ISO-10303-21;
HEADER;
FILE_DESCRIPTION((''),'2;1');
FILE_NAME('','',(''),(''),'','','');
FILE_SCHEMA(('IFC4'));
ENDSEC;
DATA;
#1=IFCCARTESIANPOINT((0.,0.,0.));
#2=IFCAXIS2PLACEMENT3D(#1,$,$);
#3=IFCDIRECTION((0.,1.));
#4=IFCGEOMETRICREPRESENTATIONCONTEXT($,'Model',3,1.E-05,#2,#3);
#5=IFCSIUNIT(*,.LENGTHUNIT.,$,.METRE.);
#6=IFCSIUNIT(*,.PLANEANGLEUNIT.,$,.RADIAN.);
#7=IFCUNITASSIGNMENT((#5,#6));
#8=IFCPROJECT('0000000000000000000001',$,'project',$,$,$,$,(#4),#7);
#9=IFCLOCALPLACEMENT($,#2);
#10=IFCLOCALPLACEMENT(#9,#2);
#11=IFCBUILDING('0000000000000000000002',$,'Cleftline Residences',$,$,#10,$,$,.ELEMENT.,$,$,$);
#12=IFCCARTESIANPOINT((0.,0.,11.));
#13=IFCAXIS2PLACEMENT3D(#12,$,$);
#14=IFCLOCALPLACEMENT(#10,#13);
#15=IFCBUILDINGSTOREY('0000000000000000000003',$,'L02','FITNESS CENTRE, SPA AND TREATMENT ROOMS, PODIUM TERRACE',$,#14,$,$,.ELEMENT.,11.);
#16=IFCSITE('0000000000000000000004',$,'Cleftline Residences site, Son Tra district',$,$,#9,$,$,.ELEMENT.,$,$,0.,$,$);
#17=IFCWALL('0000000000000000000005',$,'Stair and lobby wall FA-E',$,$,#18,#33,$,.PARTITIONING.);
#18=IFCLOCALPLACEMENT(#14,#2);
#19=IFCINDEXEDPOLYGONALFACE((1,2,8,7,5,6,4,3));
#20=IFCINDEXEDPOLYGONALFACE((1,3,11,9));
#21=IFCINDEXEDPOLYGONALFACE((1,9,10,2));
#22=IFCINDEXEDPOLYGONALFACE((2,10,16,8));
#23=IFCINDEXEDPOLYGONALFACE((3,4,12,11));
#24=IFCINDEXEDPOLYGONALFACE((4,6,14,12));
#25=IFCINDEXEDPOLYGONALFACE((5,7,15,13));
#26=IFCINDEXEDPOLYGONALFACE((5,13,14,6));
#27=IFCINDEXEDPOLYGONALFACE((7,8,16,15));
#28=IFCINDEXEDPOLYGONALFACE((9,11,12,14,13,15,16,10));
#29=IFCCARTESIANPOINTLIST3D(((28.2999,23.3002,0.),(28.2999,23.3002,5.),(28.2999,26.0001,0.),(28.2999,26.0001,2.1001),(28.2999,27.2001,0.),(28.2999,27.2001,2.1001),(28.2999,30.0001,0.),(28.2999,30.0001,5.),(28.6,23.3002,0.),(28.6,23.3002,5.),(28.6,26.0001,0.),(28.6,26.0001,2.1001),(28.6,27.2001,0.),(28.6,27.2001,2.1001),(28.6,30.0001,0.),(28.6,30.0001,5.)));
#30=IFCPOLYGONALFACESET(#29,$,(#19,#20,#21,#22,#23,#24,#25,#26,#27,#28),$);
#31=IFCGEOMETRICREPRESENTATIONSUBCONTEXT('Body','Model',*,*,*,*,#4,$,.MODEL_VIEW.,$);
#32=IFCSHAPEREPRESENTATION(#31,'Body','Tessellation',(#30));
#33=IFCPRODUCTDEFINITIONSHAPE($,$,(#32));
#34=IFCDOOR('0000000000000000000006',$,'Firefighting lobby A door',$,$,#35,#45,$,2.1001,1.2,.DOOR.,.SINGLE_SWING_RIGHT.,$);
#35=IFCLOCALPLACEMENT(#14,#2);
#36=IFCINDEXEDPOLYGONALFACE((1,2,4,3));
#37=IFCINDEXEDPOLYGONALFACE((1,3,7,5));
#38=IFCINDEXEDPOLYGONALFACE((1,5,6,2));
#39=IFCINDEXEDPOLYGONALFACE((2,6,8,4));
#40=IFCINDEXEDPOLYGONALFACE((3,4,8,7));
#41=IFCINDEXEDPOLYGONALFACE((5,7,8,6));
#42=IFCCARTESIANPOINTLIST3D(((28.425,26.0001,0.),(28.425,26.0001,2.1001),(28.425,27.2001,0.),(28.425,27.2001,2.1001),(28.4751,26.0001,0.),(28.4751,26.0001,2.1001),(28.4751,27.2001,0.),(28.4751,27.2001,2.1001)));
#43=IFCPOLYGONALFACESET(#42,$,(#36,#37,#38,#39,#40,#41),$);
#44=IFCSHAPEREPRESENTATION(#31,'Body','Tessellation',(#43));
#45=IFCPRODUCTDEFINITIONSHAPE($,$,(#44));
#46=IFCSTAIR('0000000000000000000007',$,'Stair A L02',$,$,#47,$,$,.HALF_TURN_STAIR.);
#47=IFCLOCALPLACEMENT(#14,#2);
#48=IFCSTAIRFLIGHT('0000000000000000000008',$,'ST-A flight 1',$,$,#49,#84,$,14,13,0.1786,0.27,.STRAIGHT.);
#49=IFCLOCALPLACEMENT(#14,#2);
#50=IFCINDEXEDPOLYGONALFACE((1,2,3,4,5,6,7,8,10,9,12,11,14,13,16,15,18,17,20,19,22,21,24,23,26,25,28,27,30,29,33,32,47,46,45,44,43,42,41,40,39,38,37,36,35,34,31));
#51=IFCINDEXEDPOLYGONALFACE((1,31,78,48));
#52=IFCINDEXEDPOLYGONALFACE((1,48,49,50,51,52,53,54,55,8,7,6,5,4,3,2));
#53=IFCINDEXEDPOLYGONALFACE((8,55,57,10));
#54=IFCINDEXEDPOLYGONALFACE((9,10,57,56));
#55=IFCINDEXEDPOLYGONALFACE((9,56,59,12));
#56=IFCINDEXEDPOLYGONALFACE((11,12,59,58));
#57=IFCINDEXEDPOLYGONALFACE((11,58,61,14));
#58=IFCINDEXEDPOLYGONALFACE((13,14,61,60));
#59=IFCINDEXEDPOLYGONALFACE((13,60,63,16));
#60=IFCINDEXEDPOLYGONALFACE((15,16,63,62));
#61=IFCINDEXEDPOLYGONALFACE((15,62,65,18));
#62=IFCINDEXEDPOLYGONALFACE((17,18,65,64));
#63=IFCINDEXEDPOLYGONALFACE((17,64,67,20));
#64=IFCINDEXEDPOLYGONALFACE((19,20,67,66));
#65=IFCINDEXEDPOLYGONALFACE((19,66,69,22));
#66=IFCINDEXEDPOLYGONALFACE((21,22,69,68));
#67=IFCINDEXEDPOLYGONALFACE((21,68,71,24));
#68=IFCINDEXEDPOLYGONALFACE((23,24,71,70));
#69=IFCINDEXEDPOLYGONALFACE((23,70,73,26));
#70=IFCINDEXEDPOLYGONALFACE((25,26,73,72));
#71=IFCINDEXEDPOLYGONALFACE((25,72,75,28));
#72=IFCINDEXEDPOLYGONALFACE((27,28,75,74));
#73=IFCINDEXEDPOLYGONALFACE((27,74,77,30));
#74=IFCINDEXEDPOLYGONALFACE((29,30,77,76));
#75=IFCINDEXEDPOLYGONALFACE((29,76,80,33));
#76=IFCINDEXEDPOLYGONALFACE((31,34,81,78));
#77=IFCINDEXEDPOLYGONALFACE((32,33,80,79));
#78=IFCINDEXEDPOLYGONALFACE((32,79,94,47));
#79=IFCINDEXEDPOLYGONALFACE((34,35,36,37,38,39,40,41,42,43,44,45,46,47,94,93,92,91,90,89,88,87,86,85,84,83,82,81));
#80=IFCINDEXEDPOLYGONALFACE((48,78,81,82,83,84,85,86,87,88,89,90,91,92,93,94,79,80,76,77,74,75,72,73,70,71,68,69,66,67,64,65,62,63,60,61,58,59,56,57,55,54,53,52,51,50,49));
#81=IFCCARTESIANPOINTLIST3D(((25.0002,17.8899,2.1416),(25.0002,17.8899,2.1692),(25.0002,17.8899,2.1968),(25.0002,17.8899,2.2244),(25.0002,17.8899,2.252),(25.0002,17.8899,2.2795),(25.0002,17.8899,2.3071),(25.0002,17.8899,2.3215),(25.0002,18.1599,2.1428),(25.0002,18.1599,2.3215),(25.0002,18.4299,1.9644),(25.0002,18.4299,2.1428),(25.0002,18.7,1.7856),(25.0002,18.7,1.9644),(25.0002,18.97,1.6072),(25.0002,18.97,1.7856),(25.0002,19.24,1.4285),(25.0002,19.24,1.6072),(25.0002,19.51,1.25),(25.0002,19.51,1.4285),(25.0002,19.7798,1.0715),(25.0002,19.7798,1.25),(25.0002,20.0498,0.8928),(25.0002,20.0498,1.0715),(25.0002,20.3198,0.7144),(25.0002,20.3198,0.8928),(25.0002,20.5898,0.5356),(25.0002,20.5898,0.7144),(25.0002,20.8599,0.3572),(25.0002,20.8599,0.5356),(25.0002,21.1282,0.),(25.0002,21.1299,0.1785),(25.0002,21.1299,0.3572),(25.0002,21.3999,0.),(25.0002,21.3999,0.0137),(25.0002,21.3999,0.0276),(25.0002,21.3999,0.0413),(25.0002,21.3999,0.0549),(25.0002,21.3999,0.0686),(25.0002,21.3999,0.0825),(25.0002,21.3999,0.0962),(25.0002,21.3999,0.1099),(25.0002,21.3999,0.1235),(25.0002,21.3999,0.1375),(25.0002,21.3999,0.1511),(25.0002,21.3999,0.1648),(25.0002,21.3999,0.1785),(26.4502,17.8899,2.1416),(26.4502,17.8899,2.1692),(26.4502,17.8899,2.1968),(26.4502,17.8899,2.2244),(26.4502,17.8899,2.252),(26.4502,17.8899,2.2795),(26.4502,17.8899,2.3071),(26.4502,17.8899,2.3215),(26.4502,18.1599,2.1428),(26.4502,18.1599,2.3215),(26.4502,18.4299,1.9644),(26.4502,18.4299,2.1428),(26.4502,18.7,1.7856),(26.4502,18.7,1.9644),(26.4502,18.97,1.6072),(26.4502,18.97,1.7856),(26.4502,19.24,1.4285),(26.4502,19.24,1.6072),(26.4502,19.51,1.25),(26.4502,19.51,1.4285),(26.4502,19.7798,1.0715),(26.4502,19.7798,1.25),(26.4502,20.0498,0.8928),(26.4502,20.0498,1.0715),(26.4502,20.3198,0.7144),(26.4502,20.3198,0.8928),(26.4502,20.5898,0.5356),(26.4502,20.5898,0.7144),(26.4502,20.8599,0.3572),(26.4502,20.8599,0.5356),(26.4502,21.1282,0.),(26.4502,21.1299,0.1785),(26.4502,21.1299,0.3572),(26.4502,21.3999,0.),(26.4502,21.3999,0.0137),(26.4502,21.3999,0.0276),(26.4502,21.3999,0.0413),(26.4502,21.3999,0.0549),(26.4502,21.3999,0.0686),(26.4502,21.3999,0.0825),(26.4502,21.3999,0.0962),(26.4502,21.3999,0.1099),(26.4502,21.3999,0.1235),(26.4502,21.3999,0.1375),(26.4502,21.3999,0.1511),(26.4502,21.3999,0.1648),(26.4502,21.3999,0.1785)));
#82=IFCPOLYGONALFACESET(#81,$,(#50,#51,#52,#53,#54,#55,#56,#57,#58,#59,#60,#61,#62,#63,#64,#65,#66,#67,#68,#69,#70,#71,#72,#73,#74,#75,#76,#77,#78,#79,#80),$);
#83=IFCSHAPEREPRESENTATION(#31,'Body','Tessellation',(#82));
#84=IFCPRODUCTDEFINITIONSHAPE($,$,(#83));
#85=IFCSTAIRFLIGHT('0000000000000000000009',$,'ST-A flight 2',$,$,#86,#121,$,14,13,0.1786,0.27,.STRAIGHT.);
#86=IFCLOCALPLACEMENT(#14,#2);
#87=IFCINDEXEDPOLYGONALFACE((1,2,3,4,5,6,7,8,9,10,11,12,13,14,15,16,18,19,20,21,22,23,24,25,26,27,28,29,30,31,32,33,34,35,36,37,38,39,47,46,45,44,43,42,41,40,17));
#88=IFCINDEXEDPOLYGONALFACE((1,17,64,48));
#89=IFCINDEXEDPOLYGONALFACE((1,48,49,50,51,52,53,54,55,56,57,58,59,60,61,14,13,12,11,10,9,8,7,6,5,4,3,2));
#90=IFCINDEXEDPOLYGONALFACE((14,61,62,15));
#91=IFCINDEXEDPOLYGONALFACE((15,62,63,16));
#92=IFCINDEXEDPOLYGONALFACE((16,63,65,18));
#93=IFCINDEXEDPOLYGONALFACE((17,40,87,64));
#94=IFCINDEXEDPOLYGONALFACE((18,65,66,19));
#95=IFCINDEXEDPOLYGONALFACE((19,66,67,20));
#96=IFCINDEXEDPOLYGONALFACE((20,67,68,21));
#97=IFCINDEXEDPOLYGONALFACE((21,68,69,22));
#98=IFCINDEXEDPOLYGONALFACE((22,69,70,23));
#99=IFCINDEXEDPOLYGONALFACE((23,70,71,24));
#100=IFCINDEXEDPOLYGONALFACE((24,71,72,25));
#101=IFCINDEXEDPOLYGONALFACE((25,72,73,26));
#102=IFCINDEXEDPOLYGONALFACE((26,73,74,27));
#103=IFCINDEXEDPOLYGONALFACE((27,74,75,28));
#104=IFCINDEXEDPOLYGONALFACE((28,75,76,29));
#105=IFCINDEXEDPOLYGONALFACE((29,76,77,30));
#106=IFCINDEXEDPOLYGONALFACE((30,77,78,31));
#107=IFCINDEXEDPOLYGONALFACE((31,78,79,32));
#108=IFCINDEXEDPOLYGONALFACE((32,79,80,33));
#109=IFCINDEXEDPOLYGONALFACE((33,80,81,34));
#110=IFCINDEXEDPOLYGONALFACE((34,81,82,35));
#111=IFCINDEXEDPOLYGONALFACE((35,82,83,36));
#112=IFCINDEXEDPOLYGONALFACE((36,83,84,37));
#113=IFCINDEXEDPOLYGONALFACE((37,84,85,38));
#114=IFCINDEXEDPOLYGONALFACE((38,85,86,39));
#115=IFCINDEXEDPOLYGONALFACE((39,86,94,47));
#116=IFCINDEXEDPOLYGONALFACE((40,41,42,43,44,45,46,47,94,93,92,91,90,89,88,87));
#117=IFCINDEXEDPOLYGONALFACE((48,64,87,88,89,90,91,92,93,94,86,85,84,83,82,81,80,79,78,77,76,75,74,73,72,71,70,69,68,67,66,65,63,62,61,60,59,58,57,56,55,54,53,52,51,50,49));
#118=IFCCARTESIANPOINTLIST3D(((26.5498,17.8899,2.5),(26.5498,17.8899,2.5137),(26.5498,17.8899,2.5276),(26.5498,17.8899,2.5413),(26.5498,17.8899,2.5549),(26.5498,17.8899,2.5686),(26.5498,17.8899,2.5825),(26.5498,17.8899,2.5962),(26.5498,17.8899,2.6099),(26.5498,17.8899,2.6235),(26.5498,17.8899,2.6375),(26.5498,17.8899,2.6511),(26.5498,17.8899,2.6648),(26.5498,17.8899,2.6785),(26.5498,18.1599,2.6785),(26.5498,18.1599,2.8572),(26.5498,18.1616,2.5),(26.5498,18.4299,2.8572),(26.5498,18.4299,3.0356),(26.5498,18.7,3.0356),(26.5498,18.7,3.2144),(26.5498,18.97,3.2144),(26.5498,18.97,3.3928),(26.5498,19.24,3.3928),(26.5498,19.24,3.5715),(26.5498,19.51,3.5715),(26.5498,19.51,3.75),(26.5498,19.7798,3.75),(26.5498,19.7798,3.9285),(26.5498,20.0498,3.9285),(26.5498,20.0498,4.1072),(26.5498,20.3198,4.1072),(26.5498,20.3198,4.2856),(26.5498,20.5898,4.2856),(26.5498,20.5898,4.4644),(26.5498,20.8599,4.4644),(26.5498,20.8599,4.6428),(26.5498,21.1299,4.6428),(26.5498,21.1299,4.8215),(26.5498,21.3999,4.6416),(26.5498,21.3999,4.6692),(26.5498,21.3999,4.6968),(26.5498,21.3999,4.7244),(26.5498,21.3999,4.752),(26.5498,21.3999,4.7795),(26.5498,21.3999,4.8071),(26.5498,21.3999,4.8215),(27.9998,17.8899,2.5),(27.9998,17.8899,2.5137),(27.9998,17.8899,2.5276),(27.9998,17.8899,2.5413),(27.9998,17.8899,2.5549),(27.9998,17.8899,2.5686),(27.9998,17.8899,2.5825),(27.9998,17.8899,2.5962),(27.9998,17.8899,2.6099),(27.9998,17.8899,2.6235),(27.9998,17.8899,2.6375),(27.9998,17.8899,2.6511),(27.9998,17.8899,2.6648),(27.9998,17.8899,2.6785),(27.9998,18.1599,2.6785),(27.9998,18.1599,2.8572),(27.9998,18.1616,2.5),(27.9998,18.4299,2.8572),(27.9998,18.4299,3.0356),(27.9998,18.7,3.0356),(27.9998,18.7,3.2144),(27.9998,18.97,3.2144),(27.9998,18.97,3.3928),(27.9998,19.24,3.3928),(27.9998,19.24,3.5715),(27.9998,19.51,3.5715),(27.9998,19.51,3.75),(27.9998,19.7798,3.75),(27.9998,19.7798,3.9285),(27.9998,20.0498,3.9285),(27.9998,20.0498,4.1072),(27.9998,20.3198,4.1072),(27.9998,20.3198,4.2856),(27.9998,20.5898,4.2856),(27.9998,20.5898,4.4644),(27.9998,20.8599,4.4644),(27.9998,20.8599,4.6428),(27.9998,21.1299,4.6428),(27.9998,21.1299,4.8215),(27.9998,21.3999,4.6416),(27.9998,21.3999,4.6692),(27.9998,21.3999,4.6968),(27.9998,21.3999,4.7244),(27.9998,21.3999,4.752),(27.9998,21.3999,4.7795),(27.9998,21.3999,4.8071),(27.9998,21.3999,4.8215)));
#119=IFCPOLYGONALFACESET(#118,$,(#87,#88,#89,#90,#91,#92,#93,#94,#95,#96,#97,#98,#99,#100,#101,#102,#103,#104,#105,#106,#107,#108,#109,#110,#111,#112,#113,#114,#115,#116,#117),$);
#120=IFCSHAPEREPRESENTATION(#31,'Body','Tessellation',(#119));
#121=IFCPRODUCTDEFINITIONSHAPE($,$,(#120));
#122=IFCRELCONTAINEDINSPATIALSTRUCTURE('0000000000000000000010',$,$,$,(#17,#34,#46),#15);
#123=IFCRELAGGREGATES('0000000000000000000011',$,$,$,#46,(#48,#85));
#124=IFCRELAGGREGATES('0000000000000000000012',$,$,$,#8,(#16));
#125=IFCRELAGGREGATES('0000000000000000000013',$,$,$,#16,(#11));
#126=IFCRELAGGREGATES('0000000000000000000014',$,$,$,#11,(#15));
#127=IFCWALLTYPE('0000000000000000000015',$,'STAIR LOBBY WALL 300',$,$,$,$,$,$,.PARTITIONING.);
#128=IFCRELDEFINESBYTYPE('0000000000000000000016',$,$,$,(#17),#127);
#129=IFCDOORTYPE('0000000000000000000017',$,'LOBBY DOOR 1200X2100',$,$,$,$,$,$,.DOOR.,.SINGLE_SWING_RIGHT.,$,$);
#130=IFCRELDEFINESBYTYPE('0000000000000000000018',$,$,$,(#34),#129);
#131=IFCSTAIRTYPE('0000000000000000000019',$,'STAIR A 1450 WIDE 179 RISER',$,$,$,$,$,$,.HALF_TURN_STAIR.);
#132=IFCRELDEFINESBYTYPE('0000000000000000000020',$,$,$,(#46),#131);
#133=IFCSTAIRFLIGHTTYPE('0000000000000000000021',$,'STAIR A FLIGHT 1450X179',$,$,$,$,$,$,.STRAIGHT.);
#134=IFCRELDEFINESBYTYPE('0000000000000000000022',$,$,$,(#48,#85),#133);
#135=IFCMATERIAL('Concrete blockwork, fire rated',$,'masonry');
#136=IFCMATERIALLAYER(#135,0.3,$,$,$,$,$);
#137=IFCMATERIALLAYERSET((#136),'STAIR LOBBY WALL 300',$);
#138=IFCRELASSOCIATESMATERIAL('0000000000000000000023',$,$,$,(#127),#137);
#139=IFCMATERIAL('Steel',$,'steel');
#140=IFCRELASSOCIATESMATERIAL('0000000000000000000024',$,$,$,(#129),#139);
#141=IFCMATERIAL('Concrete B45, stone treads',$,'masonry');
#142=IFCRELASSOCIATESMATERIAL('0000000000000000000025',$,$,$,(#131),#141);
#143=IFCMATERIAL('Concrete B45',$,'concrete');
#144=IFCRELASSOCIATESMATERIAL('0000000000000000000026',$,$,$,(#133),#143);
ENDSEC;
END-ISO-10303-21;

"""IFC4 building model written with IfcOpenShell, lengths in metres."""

from ifc_helpers import new_model, si_unit, direction, frame, frame_2d, origin, place, context, subcontext, project, spatial, polyline, rectangle, outline, extrude, material, layer, layer_set, type_object, element, fill, aggregate, save


model = new_model("IFC4")

# Units and contexts
model_context = context("Model", 3, precision=1e-05, world=origin(), true_north=direction((0.0, 1.0)))
body_context = subcontext(model_context, "Body", "Model", "MODEL_VIEW")
ifc_project = project(units=[si_unit("LENGTHUNIT", "METRE"), si_unit("PLANEANGLEUNIT", "RADIAN")], contexts=[model_context])

# Site, building, storey
site_placement = place(None, origin())
site = spatial("IfcSite", under=ifc_project, at=site_placement, Name="Cleftline Residences site, Son Tra district", CompositionType="ELEMENT", RefElevation=0.0)
building_placement = place(site_placement, origin())
building = spatial("IfcBuilding", under=site, at=building_placement, Name="Cleftline Residences", CompositionType="ELEMENT")
storey_placement = place(building_placement, frame((0.0, 0.0, 11.0)))
storey = spatial("IfcBuildingStorey", under=building, at=storey_placement, Name="L02", Description="FITNESS CENTRE, SPA AND TREATMENT ROOMS, PODIUM TERRACE", CompositionType="ELEMENT", Elevation=11.0)

# Wall, opening, door
ifc_material_1 = material(Name="Concrete blockwork, fire rated", Category="masonry")
ifc_layer_1 = layer(ifc_material_1, 0.3)
ifc_layer_set_1 = layer_set([ifc_layer_1], Name="STAIR LOBBY WALL 300")
wall_type_1 = type_object("IfcWallType", Name="STAIR LOBBY WALL 300", PredefinedType="PARTITIONING", material=ifc_layer_set_1)
wall_1_placement = place(storey_placement, frame((28.45, 23.3, 0.0), z_axis=(0.0, 0.0, 1.0), x_axis=(0.0, 1.0, 0.0)))
wall_1 = element("IfcWall", 1, at=wall_1_placement, inside=storey, type_object=wall_type_1, Name="Stair and lobby wall FA-E", PredefinedType="PARTITIONING", context=body_context, shape_type="SweptSolid", body=[
    extrude(rectangle(XDim=6.7, YDim=0.3, at=frame_2d((3.3501, 0.0))), origin(), (0.0, 0.0, 1.0), 5.0),
])
opening_1_placement = place(wall_1_placement, frame((2.7, 0.0, 0.0)))
opening_1 = element("IfcOpeningElement", 2, at=opening_1_placement, cuts=wall_1, PredefinedType="OPENING", context=body_context, shape_type="SweptSolid", body=[
    extrude(rectangle(XDim=1.2, YDim=2.1001, at=frame_2d((0.6001, 1.05))), frame((0.0, 0.1599, 0.0), z_axis=(0.0, -1.0, 0.0), x_axis=(1.0, 0.0, 0.0)), (0.0, 0.0, 1.0), 0.3201),
])
ifc_material_2 = material(Name="Steel", Category="steel")
door_type_1 = type_object("IfcDoorType", Name="LOBBY DOOR 1200X2100", OperationType="SINGLE_SWING_RIGHT", PredefinedType="DOOR", material=ifc_material_2)
door_1_placement = place(opening_1_placement, origin())
door_1 = element("IfcDoor", 3, at=door_1_placement, inside=storey, type_object=door_type_1, Name="Firefighting lobby A door", OperationType="SINGLE_SWING_RIGHT", OverallHeight=2.1001, OverallWidth=1.2, PredefinedType="DOOR", context=body_context, shape_type="SweptSolid", body=[
    extrude(rectangle(XDim=1.2, YDim=2.1001, at=frame_2d((0.6001, 1.05))), frame((0.0, 0.0249, 0.0), z_axis=(0.0, -1.0, 0.0), x_axis=(1.0, 0.0, 0.0)), (0.0, 0.0, 1.0), 0.05),
])
fill(opening_1, door_1)

# Stair, stair flights
ifc_material_3 = material(Name="Concrete B45, stone treads", Category="masonry")
stair_type = type_object("IfcStairType", Name="STAIR A 1450 WIDE 179 RISER", PredefinedType="HALF_TURN_STAIR", material=ifc_material_3)
stair_placement = place(storey_placement, origin())
stair = element("IfcStair", 4, at=stair_placement, inside=storey, type_object=stair_type, Name="Stair A L02", PredefinedType="HALF_TURN_STAIR")
ifc_material_4 = material(Name="Concrete B45", Category="concrete")
stair_flight_type = type_object("IfcStairFlightType", Name="STAIR A FLIGHT 1450X179", PredefinedType="STRAIGHT", material=ifc_material_4)
stair_flight_1_placement = place(storey_placement, frame((25.7251, 21.3999, 0.0), z_axis=(0.0, 0.0, 1.0), x_axis=(0.0, -1.0, 0.0)))
stair_flight_1 = element("IfcStairFlight", 5, at=stair_flight_1_placement, type_object=stair_flight_type, Name="ST-A flight 1", NumberOfRisers=14, NumberOfTreads=13, PredefinedType="STRAIGHT", RiserHeight=0.1786, TreadLength=0.27, context=body_context, shape_type="SweptSolid", body=[
    extrude(outline(polyline([(0.0, 0.0), (0.0, 0.0137), (0.0, 0.0276), (0.0, 0.0413), (0.0, 0.0549), (0.0, 0.0686), (0.0, 0.0825), (0.0, 0.0962), (0.0, 0.1099), (0.0, 0.1235), (0.0, 0.1375), (0.0, 0.1511), (0.0, 0.1648), (0.0, 0.1785), (0.27, 0.1785), (0.27, 0.3572), (0.54, 0.3572), (0.54, 0.5356), (0.8101, 0.5356), (0.8101, 0.7144), (1.0801, 0.7144), (1.0801, 0.8928), (1.3501, 0.8928), (1.3501, 1.0715), (1.6201, 1.0715), (1.6201, 1.25), (1.8899, 1.25), (1.8899, 1.4285), (2.1599, 1.4285), (2.1599, 1.6072), (2.4299, 1.6072), (2.4299, 1.7856), (2.7, 1.7856), (2.7, 1.9644), (2.97, 1.9644), (2.97, 2.1428), (3.24, 2.1428), (3.24, 2.3215), (3.51, 2.3215), (3.51, 2.5), (3.51, 2.4724), (3.51, 2.4448), (3.51, 2.4172), (3.51, 2.3896), (3.51, 2.3623), (3.51, 2.3347), (3.51, 2.3071), (3.51, 2.2795), (3.51, 2.252), (3.51, 2.2244), (3.51, 2.1968), (3.51, 2.1692), (3.51, 2.1416), (0.2717, 0.0), (0.0, 0.0)])), frame((0.0, 0.7251, 0.0), z_axis=(0.0, -1.0, 0.0), x_axis=(1.0, 0.0, 0.0)), (0.0, 0.0, 1.0), 1.45),
])
stair_flight_2_placement = place(storey_placement, frame((27.2749, 17.8899, 2.5), z_axis=(0.0, 0.0, 1.0), x_axis=(0.0, 1.0, 0.0)))
stair_flight_2 = element("IfcStairFlight", 6, at=stair_flight_2_placement, type_object=stair_flight_type, Name="ST-A flight 2", NumberOfRisers=14, NumberOfTreads=13, PredefinedType="STRAIGHT", RiserHeight=0.1786, TreadLength=0.27, context=body_context, shape_type="SweptSolid", body=[
    extrude(outline(polyline([(0.0, 0.0), (0.0, 0.0137), (0.0, 0.0276), (0.0, 0.0413), (0.0, 0.0549), (0.0, 0.0686), (0.0, 0.0825), (0.0, 0.0962), (0.0, 0.1099), (0.0, 0.1235), (0.0, 0.1375), (0.0, 0.1511), (0.0, 0.1648), (0.0, 0.1785), (0.27, 0.1785), (0.27, 0.3572), (0.54, 0.3572), (0.54, 0.5356), (0.8101, 0.5356), (0.8101, 0.7144), (1.0801, 0.7144), (1.0801, 0.8928), (1.3501, 0.8928), (1.3501, 1.0715), (1.6201, 1.0715), (1.6201, 1.25), (1.8899, 1.25), (1.8899, 1.4285), (2.1599, 1.4285), (2.1599, 1.6072), (2.4299, 1.6072), (2.4299, 1.7856), (2.7, 1.7856), (2.7, 1.9644), (2.97, 1.9644), (2.97, 2.1428), (3.24, 2.1428), (3.24, 2.3215), (3.51, 2.3215), (3.51, 2.5), (3.51, 2.4724), (3.51, 2.4448), (3.51, 2.4172), (3.51, 2.3896), (3.51, 2.3623), (3.51, 2.3347), (3.51, 2.3071), (3.51, 2.2795), (3.51, 2.252), (3.51, 2.2244), (3.51, 2.1968), (3.51, 2.1692), (3.51, 2.1416), (0.2717, 0.0), (0.0, 0.0)])), frame((0.0, 0.7251, 0.0), z_axis=(0.0, -1.0, 0.0), x_axis=(1.0, 0.0, 0.0)), (0.0, 0.0, 1.0), 1.45),
])
aggregate(stair, [stair_flight_1, stair_flight_2])

save(model, "model.ifc")
